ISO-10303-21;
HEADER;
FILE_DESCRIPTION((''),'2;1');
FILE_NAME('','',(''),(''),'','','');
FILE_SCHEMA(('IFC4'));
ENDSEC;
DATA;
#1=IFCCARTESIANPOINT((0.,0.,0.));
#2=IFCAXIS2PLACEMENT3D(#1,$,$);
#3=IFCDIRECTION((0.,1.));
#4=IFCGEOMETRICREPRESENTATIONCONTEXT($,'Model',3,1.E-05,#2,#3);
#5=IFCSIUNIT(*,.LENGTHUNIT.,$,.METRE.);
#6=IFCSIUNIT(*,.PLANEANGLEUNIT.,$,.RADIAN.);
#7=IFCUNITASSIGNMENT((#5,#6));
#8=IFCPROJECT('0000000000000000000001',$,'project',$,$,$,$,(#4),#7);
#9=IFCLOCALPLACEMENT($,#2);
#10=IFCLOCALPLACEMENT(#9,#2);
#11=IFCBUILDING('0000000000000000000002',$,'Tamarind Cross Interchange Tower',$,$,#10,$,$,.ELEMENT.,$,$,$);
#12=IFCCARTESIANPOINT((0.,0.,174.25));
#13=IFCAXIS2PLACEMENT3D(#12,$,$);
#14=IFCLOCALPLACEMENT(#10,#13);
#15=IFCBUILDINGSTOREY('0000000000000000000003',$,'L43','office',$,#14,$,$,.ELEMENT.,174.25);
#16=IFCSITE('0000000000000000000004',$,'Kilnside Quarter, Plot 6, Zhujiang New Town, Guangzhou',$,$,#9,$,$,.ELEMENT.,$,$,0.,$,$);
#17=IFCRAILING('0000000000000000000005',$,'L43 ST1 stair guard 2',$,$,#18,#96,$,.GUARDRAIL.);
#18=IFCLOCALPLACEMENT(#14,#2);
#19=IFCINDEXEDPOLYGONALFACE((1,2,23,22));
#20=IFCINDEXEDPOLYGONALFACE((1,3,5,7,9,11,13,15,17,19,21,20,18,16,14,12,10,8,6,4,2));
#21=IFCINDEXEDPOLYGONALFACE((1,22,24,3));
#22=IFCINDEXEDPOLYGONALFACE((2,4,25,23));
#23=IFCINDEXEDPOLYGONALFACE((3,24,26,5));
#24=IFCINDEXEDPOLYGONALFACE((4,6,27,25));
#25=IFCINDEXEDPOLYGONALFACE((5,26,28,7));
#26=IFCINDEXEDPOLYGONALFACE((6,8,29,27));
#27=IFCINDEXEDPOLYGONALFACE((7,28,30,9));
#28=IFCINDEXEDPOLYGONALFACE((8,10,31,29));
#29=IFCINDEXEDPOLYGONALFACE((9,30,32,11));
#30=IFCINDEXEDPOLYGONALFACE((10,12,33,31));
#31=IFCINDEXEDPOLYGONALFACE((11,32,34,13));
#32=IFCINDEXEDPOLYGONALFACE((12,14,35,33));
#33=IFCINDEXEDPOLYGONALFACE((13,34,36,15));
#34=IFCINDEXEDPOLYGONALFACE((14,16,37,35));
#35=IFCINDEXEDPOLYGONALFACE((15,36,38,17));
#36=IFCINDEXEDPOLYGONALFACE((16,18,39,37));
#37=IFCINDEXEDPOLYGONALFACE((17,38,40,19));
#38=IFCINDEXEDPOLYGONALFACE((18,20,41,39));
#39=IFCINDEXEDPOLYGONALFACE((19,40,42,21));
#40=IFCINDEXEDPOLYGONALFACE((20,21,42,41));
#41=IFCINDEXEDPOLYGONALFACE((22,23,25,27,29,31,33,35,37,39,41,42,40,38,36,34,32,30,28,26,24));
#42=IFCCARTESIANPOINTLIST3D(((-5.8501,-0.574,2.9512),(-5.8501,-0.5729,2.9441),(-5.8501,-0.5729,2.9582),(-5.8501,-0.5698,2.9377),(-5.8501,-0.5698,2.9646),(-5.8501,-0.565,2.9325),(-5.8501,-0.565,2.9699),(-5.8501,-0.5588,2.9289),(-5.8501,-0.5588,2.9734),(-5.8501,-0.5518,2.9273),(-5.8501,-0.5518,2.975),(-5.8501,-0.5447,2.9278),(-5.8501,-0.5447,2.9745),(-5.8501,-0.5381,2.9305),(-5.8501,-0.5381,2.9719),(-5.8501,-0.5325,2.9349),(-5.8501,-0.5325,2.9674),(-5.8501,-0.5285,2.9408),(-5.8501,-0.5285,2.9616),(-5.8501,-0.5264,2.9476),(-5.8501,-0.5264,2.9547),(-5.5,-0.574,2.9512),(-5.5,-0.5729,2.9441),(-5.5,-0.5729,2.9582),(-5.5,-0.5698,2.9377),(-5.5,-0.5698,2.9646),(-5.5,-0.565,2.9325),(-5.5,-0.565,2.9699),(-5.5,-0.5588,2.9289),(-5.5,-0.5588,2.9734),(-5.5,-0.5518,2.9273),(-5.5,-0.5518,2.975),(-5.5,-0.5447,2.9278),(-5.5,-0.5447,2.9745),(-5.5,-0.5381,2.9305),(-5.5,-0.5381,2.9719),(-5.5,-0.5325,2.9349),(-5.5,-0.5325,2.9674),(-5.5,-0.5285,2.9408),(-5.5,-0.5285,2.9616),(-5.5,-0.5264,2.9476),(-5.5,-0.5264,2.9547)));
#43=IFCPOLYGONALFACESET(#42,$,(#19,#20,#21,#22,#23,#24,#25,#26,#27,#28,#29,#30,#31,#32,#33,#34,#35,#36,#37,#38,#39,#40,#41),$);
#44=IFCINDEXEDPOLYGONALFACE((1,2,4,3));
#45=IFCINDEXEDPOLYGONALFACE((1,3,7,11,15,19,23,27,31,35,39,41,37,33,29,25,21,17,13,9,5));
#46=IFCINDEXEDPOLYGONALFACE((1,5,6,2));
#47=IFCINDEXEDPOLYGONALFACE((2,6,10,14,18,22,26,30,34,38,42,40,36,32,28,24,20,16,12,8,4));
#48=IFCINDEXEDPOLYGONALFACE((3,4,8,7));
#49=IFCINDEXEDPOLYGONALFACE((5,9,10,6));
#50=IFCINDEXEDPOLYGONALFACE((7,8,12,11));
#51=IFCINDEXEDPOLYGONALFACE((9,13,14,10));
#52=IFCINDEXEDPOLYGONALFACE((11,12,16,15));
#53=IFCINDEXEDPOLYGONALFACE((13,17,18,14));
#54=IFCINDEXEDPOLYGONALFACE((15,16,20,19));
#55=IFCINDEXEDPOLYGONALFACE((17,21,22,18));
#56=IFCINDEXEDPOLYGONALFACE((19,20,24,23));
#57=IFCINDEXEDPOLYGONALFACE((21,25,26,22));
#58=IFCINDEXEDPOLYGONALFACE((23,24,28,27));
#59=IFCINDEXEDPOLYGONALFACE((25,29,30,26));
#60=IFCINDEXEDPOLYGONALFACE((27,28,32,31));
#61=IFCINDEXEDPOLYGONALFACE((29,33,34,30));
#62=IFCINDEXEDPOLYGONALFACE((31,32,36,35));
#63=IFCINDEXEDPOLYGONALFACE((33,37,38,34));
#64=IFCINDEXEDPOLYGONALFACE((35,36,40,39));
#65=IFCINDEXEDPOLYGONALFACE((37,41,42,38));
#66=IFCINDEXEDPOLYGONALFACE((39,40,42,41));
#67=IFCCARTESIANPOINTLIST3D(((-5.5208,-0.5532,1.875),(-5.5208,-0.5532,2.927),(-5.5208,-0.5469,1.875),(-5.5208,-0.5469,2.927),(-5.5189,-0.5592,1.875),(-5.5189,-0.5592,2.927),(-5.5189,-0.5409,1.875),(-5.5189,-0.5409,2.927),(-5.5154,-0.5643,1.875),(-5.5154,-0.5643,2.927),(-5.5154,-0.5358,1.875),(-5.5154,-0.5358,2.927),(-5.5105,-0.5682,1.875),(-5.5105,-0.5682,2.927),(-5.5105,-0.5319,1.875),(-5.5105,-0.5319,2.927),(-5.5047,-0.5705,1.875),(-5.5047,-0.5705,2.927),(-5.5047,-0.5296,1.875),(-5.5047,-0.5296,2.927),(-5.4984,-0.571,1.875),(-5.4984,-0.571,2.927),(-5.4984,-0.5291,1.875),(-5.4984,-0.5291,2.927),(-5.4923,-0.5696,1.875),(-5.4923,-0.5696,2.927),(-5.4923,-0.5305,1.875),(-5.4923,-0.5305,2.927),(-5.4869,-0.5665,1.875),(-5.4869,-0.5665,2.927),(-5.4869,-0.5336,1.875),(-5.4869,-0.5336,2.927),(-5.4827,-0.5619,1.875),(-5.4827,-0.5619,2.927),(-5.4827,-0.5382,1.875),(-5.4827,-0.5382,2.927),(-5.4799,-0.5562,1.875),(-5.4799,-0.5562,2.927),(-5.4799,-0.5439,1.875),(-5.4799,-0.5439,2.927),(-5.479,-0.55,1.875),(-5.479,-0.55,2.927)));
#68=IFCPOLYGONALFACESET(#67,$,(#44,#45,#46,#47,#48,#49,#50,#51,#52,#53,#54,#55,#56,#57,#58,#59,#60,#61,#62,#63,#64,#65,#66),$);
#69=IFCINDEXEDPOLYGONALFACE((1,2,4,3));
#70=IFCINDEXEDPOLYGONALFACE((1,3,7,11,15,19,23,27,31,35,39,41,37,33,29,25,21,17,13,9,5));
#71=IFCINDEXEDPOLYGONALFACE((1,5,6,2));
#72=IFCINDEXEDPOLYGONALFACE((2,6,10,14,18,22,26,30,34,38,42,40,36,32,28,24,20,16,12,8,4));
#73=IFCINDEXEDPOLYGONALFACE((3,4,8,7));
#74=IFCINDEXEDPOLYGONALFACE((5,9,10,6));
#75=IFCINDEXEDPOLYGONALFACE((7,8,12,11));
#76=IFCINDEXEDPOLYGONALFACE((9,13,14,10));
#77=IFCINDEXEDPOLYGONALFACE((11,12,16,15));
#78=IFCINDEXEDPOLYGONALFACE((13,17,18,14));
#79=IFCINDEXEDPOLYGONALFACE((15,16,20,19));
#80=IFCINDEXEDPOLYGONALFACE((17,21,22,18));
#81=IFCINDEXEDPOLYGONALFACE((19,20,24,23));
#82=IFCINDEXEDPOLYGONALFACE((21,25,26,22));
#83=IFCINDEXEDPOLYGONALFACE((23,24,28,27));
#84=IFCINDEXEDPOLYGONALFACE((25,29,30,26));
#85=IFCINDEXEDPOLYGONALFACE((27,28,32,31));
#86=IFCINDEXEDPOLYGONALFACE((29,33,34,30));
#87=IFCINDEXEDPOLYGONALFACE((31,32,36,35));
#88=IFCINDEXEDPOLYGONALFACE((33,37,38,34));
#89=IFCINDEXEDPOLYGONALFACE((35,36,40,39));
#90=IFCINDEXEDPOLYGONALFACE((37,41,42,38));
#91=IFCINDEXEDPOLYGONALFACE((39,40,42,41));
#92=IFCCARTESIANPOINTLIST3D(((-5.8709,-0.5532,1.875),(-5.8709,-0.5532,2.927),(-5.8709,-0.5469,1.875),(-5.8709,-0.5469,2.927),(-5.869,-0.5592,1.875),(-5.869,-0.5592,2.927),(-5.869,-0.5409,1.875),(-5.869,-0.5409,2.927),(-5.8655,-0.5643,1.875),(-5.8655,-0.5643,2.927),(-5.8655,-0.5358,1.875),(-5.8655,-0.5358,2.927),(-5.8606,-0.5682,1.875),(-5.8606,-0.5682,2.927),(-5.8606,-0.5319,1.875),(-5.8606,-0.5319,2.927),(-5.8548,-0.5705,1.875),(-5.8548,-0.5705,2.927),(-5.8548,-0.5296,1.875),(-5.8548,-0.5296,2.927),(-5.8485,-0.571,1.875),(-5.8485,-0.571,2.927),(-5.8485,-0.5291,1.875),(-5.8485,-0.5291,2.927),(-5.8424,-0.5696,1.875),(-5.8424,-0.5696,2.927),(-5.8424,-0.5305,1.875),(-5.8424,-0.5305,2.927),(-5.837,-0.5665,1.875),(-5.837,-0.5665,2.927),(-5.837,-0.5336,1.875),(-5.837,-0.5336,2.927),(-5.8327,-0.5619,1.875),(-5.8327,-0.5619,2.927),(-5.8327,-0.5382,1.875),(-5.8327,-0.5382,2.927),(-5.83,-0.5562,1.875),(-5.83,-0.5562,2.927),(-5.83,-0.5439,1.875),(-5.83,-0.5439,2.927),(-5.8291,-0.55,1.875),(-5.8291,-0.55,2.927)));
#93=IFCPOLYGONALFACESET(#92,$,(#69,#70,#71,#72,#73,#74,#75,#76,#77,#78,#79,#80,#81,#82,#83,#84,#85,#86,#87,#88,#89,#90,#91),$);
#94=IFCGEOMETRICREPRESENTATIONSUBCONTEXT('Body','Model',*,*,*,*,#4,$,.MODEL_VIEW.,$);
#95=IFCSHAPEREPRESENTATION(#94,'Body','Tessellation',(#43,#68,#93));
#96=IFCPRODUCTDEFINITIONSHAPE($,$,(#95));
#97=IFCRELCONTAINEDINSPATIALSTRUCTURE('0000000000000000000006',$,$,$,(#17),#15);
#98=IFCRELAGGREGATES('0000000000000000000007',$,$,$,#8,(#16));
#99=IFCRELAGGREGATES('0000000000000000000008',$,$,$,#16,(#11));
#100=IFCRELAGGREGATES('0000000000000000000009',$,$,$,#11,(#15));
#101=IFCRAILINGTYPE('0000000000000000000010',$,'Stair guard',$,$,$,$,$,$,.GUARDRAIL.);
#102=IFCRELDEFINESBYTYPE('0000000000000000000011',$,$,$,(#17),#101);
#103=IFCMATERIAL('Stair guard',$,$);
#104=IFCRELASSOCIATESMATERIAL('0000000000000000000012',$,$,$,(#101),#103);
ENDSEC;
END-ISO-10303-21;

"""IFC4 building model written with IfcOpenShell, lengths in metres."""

from ifc_helpers import new_model, si_unit, direction, frame, origin, origin_2d, place, context, subcontext, project, spatial, circle, extrude, material, type_object, element, save


model = new_model("IFC4")

# Units and contexts
model_context = context("Model", 3, precision=1e-05, world=origin(), true_north=direction((0.0, 1.0)))
body_context = subcontext(model_context, "Body", "Model", "MODEL_VIEW")
ifc_project = project(units=[si_unit("LENGTHUNIT", "METRE"), si_unit("PLANEANGLEUNIT", "RADIAN")], contexts=[model_context])

# Site, building, storey
site_placement = place(None, origin())
site = spatial("IfcSite", under=ifc_project, at=site_placement, Name="Kilnside Quarter, Plot 6, Zhujiang New Town, Guangzhou", CompositionType="ELEMENT", RefElevation=0.0)
building_placement = place(site_placement, origin())
building = spatial("IfcBuilding", under=site, at=building_placement, Name="Tamarind Cross Interchange Tower", CompositionType="ELEMENT")
storey_placement = place(building_placement, frame((0.0, 0.0, 174.25)))
storey = spatial("IfcBuildingStorey", under=building, at=storey_placement, Name="L43", Description="office", CompositionType="ELEMENT", Elevation=174.25)

# Railing
ifc_material_1 = material(Name="Stair guard")
railing_type_1 = type_object("IfcRailingType", Name="Stair guard", PredefinedType="GUARDRAIL", material=ifc_material_1)
railing_1_placement = place(storey_placement, frame((-5.5, -0.55, 1.875)))
element("IfcRailing", 1, at=railing_1_placement, inside=storey, type_object=railing_type_1, Name="L43 ST1 stair guard 2", PredefinedType="GUARDRAIL", context=body_context, shape_type="SweptSolid", body=[
    extrude(circle(Radius=0.0239, at=origin_2d()), frame((0.0, 0.0, 1.0762), z_axis=(-1.0, 0.0, 0.0), x_axis=(0.0, -1.0, 0.0)), (0.0, 0.0, 1.0), 0.3501),
    extrude(circle(Radius=0.021, at=origin_2d()), origin(), (0.0, 0.0, 1.0), 1.052),
    extrude(circle(Radius=0.021, at=origin_2d()), frame((-0.3501, 0.0, 0.0)), (0.0, 0.0, 1.0), 1.052),
])

save(model, "model.ifc")
